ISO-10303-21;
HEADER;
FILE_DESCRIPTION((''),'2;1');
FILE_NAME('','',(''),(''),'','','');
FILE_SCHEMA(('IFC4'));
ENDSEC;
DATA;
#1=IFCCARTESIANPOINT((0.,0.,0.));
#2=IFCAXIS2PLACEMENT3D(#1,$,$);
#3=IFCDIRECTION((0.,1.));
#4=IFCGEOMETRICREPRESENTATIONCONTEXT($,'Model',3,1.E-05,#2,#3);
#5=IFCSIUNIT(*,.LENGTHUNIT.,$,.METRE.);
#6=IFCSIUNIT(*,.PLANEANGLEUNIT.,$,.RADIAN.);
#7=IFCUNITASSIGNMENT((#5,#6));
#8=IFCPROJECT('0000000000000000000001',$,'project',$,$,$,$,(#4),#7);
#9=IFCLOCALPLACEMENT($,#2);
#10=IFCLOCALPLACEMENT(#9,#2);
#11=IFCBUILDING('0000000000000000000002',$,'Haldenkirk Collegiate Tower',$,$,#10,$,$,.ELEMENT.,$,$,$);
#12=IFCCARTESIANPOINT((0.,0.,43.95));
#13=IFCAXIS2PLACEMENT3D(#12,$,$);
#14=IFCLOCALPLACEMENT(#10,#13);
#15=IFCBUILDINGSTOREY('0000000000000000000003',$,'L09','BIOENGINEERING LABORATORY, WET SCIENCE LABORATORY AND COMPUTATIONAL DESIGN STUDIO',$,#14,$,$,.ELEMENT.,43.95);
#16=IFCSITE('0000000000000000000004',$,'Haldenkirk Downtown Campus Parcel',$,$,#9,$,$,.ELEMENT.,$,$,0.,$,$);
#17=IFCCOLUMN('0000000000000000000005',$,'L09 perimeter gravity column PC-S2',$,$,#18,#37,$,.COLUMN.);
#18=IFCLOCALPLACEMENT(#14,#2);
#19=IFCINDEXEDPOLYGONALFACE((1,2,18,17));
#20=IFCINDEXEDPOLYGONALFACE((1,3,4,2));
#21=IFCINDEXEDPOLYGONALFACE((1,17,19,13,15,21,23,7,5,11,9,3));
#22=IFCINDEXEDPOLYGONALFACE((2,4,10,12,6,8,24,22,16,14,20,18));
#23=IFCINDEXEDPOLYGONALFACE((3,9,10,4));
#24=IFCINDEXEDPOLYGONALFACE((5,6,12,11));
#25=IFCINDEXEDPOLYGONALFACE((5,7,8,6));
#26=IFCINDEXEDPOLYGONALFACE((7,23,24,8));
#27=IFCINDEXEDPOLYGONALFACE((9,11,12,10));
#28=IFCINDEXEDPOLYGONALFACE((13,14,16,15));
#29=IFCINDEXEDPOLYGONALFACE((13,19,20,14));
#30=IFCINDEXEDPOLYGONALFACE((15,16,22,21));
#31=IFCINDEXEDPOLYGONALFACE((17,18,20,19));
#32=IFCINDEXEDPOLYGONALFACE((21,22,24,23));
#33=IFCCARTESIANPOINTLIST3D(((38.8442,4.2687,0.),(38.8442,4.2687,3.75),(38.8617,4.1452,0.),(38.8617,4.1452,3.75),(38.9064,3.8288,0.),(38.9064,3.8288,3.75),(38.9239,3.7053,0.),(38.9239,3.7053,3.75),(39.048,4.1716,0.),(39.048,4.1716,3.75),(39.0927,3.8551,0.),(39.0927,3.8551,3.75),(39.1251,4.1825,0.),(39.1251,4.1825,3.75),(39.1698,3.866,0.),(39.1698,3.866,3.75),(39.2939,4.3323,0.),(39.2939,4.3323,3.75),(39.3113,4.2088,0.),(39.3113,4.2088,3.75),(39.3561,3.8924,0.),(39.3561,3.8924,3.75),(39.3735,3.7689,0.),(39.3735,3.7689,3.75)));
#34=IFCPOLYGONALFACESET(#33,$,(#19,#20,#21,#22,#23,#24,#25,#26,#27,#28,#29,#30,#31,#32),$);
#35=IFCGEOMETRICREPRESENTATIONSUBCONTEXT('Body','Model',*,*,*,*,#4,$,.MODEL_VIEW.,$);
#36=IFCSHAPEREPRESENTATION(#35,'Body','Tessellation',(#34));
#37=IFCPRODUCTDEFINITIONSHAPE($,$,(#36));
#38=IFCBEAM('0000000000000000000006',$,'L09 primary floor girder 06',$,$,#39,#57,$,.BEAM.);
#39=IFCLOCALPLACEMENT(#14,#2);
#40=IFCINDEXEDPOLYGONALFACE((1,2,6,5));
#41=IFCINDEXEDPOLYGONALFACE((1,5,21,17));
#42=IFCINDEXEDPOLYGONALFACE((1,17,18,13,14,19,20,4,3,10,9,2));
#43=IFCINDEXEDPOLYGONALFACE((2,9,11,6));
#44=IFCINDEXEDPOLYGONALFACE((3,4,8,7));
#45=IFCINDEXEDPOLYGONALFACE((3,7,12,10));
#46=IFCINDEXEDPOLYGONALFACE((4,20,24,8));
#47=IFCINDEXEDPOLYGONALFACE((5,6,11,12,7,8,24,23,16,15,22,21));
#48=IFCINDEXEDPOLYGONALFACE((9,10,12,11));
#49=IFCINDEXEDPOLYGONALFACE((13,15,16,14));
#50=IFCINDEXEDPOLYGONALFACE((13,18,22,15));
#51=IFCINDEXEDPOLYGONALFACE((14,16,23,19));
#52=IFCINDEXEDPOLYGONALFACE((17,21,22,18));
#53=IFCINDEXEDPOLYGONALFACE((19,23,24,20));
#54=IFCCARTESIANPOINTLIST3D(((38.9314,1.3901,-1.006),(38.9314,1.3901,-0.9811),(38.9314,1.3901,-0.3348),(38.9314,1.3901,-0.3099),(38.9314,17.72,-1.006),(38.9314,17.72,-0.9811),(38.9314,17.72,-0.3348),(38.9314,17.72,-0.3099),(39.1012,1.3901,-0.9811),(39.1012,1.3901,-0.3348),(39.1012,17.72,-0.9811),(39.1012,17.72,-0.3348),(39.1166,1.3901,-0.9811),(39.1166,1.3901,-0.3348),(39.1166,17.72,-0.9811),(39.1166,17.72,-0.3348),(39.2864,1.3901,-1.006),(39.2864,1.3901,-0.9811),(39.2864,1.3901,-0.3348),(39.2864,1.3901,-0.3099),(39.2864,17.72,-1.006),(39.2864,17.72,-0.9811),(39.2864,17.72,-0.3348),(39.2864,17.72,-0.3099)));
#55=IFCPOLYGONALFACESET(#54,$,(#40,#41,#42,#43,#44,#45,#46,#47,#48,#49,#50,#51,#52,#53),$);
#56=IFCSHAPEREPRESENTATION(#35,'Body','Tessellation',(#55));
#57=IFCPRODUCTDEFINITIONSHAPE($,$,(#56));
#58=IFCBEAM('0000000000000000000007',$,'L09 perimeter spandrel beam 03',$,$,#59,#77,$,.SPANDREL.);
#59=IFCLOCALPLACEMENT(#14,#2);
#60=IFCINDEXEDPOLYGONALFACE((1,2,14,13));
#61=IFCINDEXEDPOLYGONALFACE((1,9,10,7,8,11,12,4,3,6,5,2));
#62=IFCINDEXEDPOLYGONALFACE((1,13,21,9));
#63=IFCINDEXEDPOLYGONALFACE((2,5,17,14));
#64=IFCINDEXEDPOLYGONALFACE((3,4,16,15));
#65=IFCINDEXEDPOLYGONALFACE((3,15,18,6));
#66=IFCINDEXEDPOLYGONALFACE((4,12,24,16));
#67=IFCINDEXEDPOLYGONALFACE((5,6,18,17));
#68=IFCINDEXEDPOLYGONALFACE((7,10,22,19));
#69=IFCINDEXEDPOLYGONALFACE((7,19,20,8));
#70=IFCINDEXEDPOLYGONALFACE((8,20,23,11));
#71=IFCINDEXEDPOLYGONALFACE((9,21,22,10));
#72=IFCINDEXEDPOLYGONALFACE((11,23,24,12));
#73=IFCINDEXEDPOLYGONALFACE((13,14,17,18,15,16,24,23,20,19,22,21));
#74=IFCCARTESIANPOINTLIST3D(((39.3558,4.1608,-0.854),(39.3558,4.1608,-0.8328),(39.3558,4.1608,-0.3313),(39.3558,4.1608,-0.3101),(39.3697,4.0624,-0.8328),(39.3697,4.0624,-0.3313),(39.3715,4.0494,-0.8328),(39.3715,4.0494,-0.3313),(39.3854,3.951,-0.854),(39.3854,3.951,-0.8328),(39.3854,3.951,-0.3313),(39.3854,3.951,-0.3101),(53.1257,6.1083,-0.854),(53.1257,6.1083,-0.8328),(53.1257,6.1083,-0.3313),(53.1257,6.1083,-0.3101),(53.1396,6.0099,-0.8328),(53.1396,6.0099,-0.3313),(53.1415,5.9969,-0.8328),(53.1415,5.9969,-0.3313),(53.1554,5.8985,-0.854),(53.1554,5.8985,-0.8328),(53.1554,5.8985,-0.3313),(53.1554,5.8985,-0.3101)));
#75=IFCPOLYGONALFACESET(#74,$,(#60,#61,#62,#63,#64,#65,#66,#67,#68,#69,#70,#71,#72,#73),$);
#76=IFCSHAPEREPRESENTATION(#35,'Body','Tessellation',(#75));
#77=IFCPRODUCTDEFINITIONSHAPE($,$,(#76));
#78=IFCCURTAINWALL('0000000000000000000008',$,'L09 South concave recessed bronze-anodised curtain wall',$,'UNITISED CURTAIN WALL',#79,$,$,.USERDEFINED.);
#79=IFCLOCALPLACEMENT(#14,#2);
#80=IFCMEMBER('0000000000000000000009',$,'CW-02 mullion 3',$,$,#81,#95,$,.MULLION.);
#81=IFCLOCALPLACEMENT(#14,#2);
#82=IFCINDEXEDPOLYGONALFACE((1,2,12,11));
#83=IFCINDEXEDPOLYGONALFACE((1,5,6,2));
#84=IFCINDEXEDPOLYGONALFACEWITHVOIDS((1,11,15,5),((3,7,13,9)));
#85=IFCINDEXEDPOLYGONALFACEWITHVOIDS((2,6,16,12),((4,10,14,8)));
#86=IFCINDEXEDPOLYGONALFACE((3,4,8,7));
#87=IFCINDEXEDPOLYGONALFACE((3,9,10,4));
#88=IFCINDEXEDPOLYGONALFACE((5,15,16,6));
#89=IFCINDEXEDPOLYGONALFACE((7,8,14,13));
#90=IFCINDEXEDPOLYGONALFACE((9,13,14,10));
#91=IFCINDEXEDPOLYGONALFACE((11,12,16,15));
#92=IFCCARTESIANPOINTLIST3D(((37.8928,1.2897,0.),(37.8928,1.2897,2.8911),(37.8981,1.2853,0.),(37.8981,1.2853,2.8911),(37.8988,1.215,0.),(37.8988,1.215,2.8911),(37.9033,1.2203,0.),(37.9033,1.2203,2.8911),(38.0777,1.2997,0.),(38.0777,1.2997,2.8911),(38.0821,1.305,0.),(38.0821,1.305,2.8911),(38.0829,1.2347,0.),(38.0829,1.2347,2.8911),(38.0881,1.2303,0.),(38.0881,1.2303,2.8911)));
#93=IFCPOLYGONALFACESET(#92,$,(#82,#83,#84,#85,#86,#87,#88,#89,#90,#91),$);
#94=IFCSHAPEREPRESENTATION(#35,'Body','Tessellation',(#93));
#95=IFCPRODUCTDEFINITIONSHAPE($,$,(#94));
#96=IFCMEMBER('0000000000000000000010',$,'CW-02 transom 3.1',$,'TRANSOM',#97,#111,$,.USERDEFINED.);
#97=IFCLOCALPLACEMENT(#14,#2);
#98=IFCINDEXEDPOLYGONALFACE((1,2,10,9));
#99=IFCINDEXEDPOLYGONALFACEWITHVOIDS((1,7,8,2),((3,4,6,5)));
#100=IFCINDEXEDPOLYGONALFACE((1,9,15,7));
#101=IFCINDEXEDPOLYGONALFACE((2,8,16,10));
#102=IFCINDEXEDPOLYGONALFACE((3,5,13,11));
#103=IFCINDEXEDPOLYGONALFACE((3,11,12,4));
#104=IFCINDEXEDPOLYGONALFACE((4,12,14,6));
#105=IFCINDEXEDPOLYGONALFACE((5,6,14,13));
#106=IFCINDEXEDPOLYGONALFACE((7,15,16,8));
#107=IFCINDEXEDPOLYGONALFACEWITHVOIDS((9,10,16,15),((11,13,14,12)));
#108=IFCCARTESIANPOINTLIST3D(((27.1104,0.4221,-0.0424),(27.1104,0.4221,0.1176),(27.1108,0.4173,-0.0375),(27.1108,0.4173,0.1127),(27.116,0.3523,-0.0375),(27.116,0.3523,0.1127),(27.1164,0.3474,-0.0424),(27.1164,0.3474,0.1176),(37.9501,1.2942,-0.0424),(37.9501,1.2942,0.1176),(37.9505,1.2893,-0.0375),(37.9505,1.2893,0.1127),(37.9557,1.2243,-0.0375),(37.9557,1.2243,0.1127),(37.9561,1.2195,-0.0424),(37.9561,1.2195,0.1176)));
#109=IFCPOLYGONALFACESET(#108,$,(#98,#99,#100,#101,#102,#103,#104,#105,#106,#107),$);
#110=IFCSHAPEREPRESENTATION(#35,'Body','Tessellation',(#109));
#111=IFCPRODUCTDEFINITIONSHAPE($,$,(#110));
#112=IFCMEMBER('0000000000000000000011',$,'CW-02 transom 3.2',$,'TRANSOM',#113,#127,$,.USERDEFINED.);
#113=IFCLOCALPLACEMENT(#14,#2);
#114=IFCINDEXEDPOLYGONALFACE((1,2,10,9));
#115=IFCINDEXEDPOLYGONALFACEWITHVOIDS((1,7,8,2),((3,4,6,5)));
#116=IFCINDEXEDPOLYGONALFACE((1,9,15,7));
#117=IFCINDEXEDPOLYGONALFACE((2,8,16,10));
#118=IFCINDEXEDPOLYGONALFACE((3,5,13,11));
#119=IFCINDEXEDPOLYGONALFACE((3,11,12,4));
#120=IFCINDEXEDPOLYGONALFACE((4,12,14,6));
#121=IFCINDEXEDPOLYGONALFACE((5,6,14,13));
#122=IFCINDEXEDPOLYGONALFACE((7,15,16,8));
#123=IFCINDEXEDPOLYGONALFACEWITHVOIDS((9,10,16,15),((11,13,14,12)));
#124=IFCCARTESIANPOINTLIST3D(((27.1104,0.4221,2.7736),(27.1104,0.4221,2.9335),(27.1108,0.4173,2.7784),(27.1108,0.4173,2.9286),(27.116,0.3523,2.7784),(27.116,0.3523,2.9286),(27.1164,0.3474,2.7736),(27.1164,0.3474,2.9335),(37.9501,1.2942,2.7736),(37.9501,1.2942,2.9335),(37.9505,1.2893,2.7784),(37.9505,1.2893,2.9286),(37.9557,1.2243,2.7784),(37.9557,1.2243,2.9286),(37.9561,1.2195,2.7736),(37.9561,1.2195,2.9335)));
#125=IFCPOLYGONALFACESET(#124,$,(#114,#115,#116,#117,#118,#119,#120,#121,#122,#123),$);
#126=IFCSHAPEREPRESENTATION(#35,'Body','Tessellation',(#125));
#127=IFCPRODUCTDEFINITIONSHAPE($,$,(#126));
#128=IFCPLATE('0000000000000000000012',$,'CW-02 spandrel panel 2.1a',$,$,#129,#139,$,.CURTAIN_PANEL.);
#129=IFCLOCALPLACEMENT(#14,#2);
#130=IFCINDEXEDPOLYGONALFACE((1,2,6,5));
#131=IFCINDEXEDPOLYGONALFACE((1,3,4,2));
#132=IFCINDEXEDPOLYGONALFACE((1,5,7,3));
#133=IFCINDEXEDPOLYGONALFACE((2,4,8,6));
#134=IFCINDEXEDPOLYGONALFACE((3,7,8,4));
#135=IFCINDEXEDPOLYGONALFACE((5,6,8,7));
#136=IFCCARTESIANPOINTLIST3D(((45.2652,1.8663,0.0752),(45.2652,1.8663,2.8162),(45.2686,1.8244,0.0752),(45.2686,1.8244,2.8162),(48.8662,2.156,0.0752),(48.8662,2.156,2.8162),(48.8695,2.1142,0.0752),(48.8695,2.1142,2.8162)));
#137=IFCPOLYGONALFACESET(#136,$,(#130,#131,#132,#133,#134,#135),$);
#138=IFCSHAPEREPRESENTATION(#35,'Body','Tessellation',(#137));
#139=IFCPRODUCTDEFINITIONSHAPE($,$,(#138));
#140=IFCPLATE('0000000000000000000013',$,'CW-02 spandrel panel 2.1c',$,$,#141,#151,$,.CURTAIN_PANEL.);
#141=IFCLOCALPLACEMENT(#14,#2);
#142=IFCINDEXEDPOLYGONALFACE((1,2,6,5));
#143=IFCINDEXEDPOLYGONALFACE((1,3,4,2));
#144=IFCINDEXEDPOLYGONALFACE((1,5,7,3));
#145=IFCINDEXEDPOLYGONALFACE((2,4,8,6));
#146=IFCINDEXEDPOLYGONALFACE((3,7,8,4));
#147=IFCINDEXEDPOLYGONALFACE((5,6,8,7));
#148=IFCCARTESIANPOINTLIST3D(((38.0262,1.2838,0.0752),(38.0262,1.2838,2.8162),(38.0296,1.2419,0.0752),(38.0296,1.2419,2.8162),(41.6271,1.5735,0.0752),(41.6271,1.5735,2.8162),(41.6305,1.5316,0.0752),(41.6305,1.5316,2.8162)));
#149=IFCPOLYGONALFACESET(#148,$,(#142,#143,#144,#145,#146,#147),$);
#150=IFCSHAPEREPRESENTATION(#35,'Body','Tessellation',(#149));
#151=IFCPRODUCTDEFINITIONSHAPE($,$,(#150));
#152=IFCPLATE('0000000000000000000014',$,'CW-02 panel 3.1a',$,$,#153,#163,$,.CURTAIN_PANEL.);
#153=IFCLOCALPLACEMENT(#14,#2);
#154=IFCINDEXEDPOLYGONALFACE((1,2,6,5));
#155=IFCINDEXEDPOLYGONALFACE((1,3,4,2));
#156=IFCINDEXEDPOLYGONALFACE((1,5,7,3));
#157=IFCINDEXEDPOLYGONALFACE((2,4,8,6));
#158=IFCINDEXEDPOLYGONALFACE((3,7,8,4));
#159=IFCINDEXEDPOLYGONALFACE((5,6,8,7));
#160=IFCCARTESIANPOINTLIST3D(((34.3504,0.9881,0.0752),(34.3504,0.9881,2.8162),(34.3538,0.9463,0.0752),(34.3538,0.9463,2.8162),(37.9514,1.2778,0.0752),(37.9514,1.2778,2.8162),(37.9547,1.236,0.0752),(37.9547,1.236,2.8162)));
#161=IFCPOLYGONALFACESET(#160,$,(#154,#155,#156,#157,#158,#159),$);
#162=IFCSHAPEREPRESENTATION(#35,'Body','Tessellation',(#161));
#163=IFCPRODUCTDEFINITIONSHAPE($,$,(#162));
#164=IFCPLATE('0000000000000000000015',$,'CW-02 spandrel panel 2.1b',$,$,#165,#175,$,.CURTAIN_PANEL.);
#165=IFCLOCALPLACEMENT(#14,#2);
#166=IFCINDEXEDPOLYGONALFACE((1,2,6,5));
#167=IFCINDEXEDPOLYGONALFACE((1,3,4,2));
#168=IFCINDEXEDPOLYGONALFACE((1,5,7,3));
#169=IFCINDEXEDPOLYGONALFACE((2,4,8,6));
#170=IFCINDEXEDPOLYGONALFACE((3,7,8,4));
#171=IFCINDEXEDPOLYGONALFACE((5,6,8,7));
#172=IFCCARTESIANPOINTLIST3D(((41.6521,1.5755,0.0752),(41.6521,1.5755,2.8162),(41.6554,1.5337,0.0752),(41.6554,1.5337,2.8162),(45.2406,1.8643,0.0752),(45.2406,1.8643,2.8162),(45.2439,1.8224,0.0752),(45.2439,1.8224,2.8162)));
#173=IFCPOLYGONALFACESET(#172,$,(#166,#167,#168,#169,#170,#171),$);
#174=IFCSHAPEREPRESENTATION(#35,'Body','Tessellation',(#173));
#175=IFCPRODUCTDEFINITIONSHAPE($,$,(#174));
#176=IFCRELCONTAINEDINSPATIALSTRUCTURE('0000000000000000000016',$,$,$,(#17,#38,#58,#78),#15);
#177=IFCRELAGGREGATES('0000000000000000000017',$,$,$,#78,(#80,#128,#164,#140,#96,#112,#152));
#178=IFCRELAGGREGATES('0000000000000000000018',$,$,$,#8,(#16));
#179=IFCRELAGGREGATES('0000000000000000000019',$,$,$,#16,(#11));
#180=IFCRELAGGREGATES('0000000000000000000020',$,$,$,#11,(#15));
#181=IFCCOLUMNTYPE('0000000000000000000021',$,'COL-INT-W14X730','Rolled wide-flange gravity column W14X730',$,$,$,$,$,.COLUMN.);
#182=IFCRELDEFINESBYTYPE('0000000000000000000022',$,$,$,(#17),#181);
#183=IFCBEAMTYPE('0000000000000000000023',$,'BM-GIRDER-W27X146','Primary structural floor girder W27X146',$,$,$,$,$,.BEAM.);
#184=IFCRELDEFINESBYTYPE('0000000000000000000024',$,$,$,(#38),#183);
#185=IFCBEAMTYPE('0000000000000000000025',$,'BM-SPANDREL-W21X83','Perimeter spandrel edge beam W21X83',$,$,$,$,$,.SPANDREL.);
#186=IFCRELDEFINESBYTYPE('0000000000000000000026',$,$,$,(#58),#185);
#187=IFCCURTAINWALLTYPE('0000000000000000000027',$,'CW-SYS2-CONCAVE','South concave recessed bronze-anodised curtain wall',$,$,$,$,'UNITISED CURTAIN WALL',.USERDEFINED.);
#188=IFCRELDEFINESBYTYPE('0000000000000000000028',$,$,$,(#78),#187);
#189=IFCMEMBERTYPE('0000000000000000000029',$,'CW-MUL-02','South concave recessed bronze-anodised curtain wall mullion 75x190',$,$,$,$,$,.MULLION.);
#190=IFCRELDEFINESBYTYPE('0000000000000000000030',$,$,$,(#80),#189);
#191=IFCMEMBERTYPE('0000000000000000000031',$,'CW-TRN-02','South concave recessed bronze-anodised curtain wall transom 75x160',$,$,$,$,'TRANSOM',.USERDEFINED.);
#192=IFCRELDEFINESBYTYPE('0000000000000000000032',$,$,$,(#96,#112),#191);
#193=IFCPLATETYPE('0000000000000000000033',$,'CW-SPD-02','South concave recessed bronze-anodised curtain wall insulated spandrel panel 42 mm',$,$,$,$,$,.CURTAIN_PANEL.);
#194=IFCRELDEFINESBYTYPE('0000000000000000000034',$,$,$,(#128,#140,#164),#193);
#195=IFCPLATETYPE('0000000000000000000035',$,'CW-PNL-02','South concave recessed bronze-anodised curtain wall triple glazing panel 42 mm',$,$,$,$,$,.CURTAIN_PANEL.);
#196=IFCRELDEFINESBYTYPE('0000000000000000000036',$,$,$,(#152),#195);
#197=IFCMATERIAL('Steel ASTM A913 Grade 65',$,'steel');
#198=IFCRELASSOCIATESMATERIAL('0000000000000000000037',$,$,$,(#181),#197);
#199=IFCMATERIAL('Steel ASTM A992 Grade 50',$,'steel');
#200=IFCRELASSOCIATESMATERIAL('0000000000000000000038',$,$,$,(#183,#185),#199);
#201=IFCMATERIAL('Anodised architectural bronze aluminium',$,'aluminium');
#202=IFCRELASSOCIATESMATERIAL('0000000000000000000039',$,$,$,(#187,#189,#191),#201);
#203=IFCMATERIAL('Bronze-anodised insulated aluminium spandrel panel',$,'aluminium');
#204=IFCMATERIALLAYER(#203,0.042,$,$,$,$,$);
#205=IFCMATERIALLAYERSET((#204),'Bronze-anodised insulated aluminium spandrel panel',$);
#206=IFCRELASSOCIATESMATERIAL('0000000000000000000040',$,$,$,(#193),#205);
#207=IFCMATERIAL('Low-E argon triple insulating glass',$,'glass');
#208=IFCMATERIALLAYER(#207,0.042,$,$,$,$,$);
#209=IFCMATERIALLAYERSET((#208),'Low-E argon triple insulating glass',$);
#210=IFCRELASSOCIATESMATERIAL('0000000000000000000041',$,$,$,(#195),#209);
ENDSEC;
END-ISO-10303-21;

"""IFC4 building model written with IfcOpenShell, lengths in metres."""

from ifc_helpers import new_model, si_unit, direction, frame, origin, origin_2d, place, context, subcontext, project, spatial, rectangle, hollow_rectangle, i_section, extrude, source, transform, mapped, material, layer, layer_set, material_profile, profile_set, type_object, element, aggregate, save


model = new_model("IFC4")

# Units and contexts
model_context = context("Model", 3, precision=1e-05, world=origin(), true_north=direction((0.0, 1.0)))
body_context = subcontext(model_context, "Body", "Model", "MODEL_VIEW")
ifc_project = project(units=[si_unit("LENGTHUNIT", "METRE"), si_unit("PLANEANGLEUNIT", "RADIAN")], contexts=[model_context])

# Site, building, storey
site_placement = place(None, origin())
site = spatial("IfcSite", under=ifc_project, at=site_placement, Name="Haldenkirk Downtown Campus Parcel", CompositionType="ELEMENT", RefElevation=0.0)
building_placement = place(site_placement, origin())
building = spatial("IfcBuilding", under=site, at=building_placement, Name="Haldenkirk Collegiate Tower", CompositionType="ELEMENT")
storey_placement = place(building_placement, frame((0.0, 0.0, 43.95)))
storey = spatial("IfcBuildingStorey", under=building, at=storey_placement, Name="L09", Description="BIOENGINEERING LABORATORY, WET SCIENCE LABORATORY AND COMPUTATIONAL DESIGN STUDIO", CompositionType="ELEMENT", Elevation=43.95)

# Column
ifc_material_1 = material(Name="Steel ASTM A913 Grade 65", Category="steel")
ifc_material_profile_1 = material_profile(ifc_material_1, i_section(OverallWidth=0.4541, OverallDepth=0.5691, WebThickness=0.0779, FlangeThickness=0.1248, at=origin_2d()), Name="W14X730")
ifc_profile_set_1 = profile_set([ifc_material_profile_1], Name="Steel ASTM A913 Grade 65")
column_type = type_object("IfcColumnType", Name="COL-INT-W14X730", Description="Rolled wide-flange gravity column W14X730", PredefinedType="COLUMN", material=ifc_profile_set_1)
column_placement = place(storey_placement, frame((39.1089, 4.0188, 0.0), z_axis=(0.0, 0.0, 1.0), x_axis=(0.990146, 0.140037, 0.0)))
element("IfcColumn", 1, at=column_placement, inside=storey, type_object=column_type, Name="L09 perimeter gravity column PC-S2", PredefinedType="COLUMN", context=body_context, shape_type="SweptSolid", body=[
    extrude(i_section(OverallWidth=0.4541, OverallDepth=0.5691, WebThickness=0.0779, FlangeThickness=0.1248, at=origin_2d()), origin(), (0.0, 0.0, 1.0), 3.75),
])

# Beams
ifc_material_2 = material(Name="Steel ASTM A992 Grade 50", Category="steel")
ifc_material_profile_2 = material_profile(ifc_material_2, i_section(OverallWidth=0.355, OverallDepth=0.696, WebThickness=0.0154, FlangeThickness=0.0249, at=origin_2d()), Name="W27X146")
ifc_profile_set_2 = profile_set([ifc_material_profile_2], Name="Steel ASTM A992 Grade 50")
beam_type_1 = type_object("IfcBeamType", Name="BM-GIRDER-W27X146", Description="Primary structural floor girder W27X146", PredefinedType="BEAM", material=ifc_profile_set_2)
beam_1_placement = place(storey_placement, frame((39.1089, 1.3901, -0.658), z_axis=(0.0, 1.0, 0.0), x_axis=(-1.0, 0.0, 0.0)))
element("IfcBeam", 2, at=beam_1_placement, inside=storey, type_object=beam_type_1, Name="L09 primary floor girder 06", PredefinedType="BEAM", context=body_context, shape_type="SweptSolid", body=[
    extrude(i_section(OverallWidth=0.355, OverallDepth=0.696, WebThickness=0.0154, FlangeThickness=0.0249, at=origin_2d()), origin(), (0.0, 0.0, 1.0), 16.3298),
])
ifc_material_profile_3 = material_profile(ifc_material_2, i_section(OverallWidth=0.2119, OverallDepth=0.5439, WebThickness=0.0132, FlangeThickness=0.0212, at=origin_2d()), Name="W21X83")
ifc_profile_set_3 = profile_set([ifc_material_profile_3], Name="Steel ASTM A992 Grade 50")
beam_type_2 = type_object("IfcBeamType", Name="BM-SPANDREL-W21X83", Description="Perimeter spandrel edge beam W21X83", PredefinedType="SPANDREL", material=ifc_profile_set_3)
beam_2_placement = place(storey_placement, frame((39.3706, 4.0559, -0.582), z_axis=(0.990146, 0.140038, 0.0), x_axis=(-0.140038, 0.990146, 0.0)))
element("IfcBeam", 3, at=beam_2_placement, inside=storey, type_object=beam_type_2, Name="L09 perimeter spandrel beam 03", PredefinedType="SPANDREL", context=body_context, shape_type="SweptSolid", body=[
    extrude(i_section(OverallWidth=0.2119, OverallDepth=0.5439, WebThickness=0.0132, FlangeThickness=0.0212, at=origin_2d()), origin(), (0.0, 0.0, 1.0), 13.907),
])

# Curtain wall, members, plates
ifc_material_3 = material(Name="Anodised architectural bronze aluminium", Category="aluminium")
curtain_wall_type = type_object("IfcCurtainWallType", Name="CW-SYS2-CONCAVE", Description="South concave recessed bronze-anodised curtain wall", ElementType="UNITISED CURTAIN WALL", PredefinedType="USERDEFINED", material=ifc_material_3)
curtain_wall_placement = place(storey_placement, origin())
curtain_wall = element("IfcCurtainWall", 4, at=curtain_wall_placement, inside=storey, type_object=curtain_wall_type, Name="L09 South concave recessed bronze-anodised curtain wall", ObjectType="UNITISED CURTAIN WALL", PredefinedType="USERDEFINED")
ifc_material_profile_4 = material_profile(ifc_material_3, hollow_rectangle(XDim=0.075, YDim=0.1899, WallThickness=0.0049, at=origin_2d()), Name="CW-MUL-02")
ifc_profile_set_4 = profile_set([ifc_material_profile_4], Name="Anodised architectural bronze aluminium")
member_type_1 = type_object("IfcMemberType", Name="CW-MUL-02", Description="South concave recessed bronze-anodised curtain wall mullion 75x190", PredefinedType="MULLION", material=ifc_profile_set_4)
member_1_placement = place(storey_placement, frame((37.9905, 1.26, 0.0), z_axis=(0.0, 0.0, 1.0), x_axis=(0.080199, -0.996779, 0.0)))
member_1 = element("IfcMember", 5, at=member_1_placement, type_object=member_type_1, Name="CW-02 mullion 3", PredefinedType="MULLION", context=body_context, shape_type="SweptSolid", body=[
    extrude(hollow_rectangle(XDim=0.075, YDim=0.1899, WallThickness=0.0049, at=origin_2d()), origin(), (0.0, 0.0, 1.0), 2.8911),
])
ifc_material_profile_5 = material_profile(ifc_material_3, hollow_rectangle(XDim=0.075, YDim=0.1599, WallThickness=0.0049, at=origin_2d()), Name="CW-TRN-02")
ifc_profile_set_5 = profile_set([ifc_material_profile_5], Name="Anodised architectural bronze aluminium")
member_type_2 = type_object("IfcMemberType", Name="CW-TRN-02", Description="South concave recessed bronze-anodised curtain wall transom 75x160", ElementType="TRANSOM", PredefinedType="USERDEFINED", material=ifc_profile_set_5)
member_2_placement = place(storey_placement, frame((37.9531, 1.2568, 0.0376), z_axis=(-0.996779, -0.080191, 0.0), x_axis=(0.080191, -0.996779, 0.0)))
member_2 = element("IfcMember", 6, at=member_2_placement, type_object=member_type_2, Name="CW-02 transom 3.1", ObjectType="TRANSOM", PredefinedType="USERDEFINED", context=body_context, shape_type="SweptSolid", body=[
    extrude(hollow_rectangle(XDim=0.075, YDim=0.1599, WallThickness=0.0049, at=origin_2d()), origin(), (0.0, 0.0, 1.0), 10.8748),
])
member_3_placement = place(storey_placement, frame((37.9531, 1.2568, 2.8535), z_axis=(-0.996779, -0.080191, 0.0), x_axis=(0.080191, -0.996779, 0.0)))
member_3 = element("IfcMember", 7, at=member_3_placement, type_object=member_type_2, Name="CW-02 transom 3.2", ObjectType="TRANSOM", PredefinedType="USERDEFINED", context=body_context, shape_type="SweptSolid", body=[
    extrude(hollow_rectangle(XDim=0.075, YDim=0.1599, WallThickness=0.0049, at=origin_2d()), origin(), (0.0, 0.0, 1.0), 10.8748),
])
ifc_material_4 = material(Name="Bronze-anodised insulated aluminium spandrel panel", Category="aluminium")
ifc_layer_1 = layer(ifc_material_4, 0.042)
ifc_layer_set_1 = layer_set([ifc_layer_1], Name="Bronze-anodised insulated aluminium spandrel panel")
plate_type_1 = type_object("IfcPlateType", Name="CW-SPD-02", Description="South concave recessed bronze-anodised curtain wall insulated spandrel panel 42 mm", PredefinedType="CURTAIN_PANEL", material=ifc_layer_set_1)
shared_shape_1 = source(origin(), body_context, "Body", "SweptSolid", [
    extrude(rectangle(XDim=3.6125, YDim=0.042, at=origin_2d()), origin(), (0.0, 0.0, 1.0), 2.741),
])
plate_1_placement = place(storey_placement, frame((47.0674, 1.9902, 0.0752), z_axis=(0.0, 0.0, 1.0), x_axis=(-0.996779, -0.080199, 0.0)))
plate_1 = element("IfcPlate", 8, at=plate_1_placement, type_object=plate_type_1, Name="CW-02 spandrel panel 2.1a", PredefinedType="CURTAIN_PANEL", context=body_context, shape_type="MappedRepresentation", body=[
    mapped(shared_shape_1, transform((0.0, 0.0, 0.0), x_axis=(1.0, 0.0, 0.0), y_axis=(0.0, 1.0, 0.0), z_axis=(0.0, 0.0, 1.0), scale=1.0)),
])
plate_2_placement = place(storey_placement, frame((39.8284, 1.4077, 0.0752), z_axis=(0.0, 0.0, 1.0), x_axis=(-0.996779, -0.080199, 0.0)))
plate_2 = element("IfcPlate", 9, at=plate_2_placement, type_object=plate_type_1, Name="CW-02 spandrel panel 2.1c", PredefinedType="CURTAIN_PANEL", context=body_context, shape_type="MappedRepresentation", body=[
    mapped(shared_shape_1, transform((0.0, 0.0, 0.0), x_axis=(1.0, 0.0, 0.0), y_axis=(0.0, 1.0, 0.0), z_axis=(0.0, 0.0, 1.0), scale=1.0)),
])
ifc_material_5 = material(Name="Low-E argon triple insulating glass", Category="glass")
ifc_layer_2 = layer(ifc_material_5, 0.042)
ifc_layer_set_2 = layer_set([ifc_layer_2], Name="Low-E argon triple insulating glass")
plate_type_2 = type_object("IfcPlateType", Name="CW-PNL-02", Description="South concave recessed bronze-anodised curtain wall triple glazing panel 42 mm", PredefinedType="CURTAIN_PANEL", material=ifc_layer_set_2)
plate_3_placement = place(storey_placement, frame((36.1526, 1.1121, 0.0752), z_axis=(0.0, 0.0, 1.0), x_axis=(-0.996779, -0.080199, 0.0)))
plate_3 = element("IfcPlate", 10, at=plate_3_placement, type_object=plate_type_2, Name="CW-02 panel 3.1a", PredefinedType="CURTAIN_PANEL", context=body_context, shape_type="MappedRepresentation", body=[
    mapped(shared_shape_1, transform((0.0, 0.0, 0.0), x_axis=(1.0, 0.0, 0.0), y_axis=(0.0, 1.0, 0.0), z_axis=(0.0, 0.0, 1.0), scale=1.0)),
])
shared_shape_2 = source(origin(), body_context, "Body", "SweptSolid", [
    extrude(rectangle(XDim=3.6001, YDim=0.042, at=origin_2d()), origin(), (0.0, 0.0, 1.0), 2.741),
])
plate_4_placement = place(storey_placement, frame((43.448, 1.699, 0.0752), z_axis=(0.0, 0.0, 1.0), x_axis=(-0.996779, -0.080199, 0.0)))
plate_4 = element("IfcPlate", 11, at=plate_4_placement, type_object=plate_type_1, Name="CW-02 spandrel panel 2.1b", PredefinedType="CURTAIN_PANEL", context=body_context, shape_type="MappedRepresentation", body=[
    mapped(shared_shape_2, transform((0.0, 0.0, 0.0), x_axis=(1.0, 0.0, 0.0), y_axis=(0.0, 1.0, 0.0), z_axis=(0.0, 0.0, 1.0), scale=1.0)),
])
aggregate(curtain_wall, [member_1, plate_1, plate_4, plate_2, member_2, member_3, plate_3])

save(model, "model.ifc")
